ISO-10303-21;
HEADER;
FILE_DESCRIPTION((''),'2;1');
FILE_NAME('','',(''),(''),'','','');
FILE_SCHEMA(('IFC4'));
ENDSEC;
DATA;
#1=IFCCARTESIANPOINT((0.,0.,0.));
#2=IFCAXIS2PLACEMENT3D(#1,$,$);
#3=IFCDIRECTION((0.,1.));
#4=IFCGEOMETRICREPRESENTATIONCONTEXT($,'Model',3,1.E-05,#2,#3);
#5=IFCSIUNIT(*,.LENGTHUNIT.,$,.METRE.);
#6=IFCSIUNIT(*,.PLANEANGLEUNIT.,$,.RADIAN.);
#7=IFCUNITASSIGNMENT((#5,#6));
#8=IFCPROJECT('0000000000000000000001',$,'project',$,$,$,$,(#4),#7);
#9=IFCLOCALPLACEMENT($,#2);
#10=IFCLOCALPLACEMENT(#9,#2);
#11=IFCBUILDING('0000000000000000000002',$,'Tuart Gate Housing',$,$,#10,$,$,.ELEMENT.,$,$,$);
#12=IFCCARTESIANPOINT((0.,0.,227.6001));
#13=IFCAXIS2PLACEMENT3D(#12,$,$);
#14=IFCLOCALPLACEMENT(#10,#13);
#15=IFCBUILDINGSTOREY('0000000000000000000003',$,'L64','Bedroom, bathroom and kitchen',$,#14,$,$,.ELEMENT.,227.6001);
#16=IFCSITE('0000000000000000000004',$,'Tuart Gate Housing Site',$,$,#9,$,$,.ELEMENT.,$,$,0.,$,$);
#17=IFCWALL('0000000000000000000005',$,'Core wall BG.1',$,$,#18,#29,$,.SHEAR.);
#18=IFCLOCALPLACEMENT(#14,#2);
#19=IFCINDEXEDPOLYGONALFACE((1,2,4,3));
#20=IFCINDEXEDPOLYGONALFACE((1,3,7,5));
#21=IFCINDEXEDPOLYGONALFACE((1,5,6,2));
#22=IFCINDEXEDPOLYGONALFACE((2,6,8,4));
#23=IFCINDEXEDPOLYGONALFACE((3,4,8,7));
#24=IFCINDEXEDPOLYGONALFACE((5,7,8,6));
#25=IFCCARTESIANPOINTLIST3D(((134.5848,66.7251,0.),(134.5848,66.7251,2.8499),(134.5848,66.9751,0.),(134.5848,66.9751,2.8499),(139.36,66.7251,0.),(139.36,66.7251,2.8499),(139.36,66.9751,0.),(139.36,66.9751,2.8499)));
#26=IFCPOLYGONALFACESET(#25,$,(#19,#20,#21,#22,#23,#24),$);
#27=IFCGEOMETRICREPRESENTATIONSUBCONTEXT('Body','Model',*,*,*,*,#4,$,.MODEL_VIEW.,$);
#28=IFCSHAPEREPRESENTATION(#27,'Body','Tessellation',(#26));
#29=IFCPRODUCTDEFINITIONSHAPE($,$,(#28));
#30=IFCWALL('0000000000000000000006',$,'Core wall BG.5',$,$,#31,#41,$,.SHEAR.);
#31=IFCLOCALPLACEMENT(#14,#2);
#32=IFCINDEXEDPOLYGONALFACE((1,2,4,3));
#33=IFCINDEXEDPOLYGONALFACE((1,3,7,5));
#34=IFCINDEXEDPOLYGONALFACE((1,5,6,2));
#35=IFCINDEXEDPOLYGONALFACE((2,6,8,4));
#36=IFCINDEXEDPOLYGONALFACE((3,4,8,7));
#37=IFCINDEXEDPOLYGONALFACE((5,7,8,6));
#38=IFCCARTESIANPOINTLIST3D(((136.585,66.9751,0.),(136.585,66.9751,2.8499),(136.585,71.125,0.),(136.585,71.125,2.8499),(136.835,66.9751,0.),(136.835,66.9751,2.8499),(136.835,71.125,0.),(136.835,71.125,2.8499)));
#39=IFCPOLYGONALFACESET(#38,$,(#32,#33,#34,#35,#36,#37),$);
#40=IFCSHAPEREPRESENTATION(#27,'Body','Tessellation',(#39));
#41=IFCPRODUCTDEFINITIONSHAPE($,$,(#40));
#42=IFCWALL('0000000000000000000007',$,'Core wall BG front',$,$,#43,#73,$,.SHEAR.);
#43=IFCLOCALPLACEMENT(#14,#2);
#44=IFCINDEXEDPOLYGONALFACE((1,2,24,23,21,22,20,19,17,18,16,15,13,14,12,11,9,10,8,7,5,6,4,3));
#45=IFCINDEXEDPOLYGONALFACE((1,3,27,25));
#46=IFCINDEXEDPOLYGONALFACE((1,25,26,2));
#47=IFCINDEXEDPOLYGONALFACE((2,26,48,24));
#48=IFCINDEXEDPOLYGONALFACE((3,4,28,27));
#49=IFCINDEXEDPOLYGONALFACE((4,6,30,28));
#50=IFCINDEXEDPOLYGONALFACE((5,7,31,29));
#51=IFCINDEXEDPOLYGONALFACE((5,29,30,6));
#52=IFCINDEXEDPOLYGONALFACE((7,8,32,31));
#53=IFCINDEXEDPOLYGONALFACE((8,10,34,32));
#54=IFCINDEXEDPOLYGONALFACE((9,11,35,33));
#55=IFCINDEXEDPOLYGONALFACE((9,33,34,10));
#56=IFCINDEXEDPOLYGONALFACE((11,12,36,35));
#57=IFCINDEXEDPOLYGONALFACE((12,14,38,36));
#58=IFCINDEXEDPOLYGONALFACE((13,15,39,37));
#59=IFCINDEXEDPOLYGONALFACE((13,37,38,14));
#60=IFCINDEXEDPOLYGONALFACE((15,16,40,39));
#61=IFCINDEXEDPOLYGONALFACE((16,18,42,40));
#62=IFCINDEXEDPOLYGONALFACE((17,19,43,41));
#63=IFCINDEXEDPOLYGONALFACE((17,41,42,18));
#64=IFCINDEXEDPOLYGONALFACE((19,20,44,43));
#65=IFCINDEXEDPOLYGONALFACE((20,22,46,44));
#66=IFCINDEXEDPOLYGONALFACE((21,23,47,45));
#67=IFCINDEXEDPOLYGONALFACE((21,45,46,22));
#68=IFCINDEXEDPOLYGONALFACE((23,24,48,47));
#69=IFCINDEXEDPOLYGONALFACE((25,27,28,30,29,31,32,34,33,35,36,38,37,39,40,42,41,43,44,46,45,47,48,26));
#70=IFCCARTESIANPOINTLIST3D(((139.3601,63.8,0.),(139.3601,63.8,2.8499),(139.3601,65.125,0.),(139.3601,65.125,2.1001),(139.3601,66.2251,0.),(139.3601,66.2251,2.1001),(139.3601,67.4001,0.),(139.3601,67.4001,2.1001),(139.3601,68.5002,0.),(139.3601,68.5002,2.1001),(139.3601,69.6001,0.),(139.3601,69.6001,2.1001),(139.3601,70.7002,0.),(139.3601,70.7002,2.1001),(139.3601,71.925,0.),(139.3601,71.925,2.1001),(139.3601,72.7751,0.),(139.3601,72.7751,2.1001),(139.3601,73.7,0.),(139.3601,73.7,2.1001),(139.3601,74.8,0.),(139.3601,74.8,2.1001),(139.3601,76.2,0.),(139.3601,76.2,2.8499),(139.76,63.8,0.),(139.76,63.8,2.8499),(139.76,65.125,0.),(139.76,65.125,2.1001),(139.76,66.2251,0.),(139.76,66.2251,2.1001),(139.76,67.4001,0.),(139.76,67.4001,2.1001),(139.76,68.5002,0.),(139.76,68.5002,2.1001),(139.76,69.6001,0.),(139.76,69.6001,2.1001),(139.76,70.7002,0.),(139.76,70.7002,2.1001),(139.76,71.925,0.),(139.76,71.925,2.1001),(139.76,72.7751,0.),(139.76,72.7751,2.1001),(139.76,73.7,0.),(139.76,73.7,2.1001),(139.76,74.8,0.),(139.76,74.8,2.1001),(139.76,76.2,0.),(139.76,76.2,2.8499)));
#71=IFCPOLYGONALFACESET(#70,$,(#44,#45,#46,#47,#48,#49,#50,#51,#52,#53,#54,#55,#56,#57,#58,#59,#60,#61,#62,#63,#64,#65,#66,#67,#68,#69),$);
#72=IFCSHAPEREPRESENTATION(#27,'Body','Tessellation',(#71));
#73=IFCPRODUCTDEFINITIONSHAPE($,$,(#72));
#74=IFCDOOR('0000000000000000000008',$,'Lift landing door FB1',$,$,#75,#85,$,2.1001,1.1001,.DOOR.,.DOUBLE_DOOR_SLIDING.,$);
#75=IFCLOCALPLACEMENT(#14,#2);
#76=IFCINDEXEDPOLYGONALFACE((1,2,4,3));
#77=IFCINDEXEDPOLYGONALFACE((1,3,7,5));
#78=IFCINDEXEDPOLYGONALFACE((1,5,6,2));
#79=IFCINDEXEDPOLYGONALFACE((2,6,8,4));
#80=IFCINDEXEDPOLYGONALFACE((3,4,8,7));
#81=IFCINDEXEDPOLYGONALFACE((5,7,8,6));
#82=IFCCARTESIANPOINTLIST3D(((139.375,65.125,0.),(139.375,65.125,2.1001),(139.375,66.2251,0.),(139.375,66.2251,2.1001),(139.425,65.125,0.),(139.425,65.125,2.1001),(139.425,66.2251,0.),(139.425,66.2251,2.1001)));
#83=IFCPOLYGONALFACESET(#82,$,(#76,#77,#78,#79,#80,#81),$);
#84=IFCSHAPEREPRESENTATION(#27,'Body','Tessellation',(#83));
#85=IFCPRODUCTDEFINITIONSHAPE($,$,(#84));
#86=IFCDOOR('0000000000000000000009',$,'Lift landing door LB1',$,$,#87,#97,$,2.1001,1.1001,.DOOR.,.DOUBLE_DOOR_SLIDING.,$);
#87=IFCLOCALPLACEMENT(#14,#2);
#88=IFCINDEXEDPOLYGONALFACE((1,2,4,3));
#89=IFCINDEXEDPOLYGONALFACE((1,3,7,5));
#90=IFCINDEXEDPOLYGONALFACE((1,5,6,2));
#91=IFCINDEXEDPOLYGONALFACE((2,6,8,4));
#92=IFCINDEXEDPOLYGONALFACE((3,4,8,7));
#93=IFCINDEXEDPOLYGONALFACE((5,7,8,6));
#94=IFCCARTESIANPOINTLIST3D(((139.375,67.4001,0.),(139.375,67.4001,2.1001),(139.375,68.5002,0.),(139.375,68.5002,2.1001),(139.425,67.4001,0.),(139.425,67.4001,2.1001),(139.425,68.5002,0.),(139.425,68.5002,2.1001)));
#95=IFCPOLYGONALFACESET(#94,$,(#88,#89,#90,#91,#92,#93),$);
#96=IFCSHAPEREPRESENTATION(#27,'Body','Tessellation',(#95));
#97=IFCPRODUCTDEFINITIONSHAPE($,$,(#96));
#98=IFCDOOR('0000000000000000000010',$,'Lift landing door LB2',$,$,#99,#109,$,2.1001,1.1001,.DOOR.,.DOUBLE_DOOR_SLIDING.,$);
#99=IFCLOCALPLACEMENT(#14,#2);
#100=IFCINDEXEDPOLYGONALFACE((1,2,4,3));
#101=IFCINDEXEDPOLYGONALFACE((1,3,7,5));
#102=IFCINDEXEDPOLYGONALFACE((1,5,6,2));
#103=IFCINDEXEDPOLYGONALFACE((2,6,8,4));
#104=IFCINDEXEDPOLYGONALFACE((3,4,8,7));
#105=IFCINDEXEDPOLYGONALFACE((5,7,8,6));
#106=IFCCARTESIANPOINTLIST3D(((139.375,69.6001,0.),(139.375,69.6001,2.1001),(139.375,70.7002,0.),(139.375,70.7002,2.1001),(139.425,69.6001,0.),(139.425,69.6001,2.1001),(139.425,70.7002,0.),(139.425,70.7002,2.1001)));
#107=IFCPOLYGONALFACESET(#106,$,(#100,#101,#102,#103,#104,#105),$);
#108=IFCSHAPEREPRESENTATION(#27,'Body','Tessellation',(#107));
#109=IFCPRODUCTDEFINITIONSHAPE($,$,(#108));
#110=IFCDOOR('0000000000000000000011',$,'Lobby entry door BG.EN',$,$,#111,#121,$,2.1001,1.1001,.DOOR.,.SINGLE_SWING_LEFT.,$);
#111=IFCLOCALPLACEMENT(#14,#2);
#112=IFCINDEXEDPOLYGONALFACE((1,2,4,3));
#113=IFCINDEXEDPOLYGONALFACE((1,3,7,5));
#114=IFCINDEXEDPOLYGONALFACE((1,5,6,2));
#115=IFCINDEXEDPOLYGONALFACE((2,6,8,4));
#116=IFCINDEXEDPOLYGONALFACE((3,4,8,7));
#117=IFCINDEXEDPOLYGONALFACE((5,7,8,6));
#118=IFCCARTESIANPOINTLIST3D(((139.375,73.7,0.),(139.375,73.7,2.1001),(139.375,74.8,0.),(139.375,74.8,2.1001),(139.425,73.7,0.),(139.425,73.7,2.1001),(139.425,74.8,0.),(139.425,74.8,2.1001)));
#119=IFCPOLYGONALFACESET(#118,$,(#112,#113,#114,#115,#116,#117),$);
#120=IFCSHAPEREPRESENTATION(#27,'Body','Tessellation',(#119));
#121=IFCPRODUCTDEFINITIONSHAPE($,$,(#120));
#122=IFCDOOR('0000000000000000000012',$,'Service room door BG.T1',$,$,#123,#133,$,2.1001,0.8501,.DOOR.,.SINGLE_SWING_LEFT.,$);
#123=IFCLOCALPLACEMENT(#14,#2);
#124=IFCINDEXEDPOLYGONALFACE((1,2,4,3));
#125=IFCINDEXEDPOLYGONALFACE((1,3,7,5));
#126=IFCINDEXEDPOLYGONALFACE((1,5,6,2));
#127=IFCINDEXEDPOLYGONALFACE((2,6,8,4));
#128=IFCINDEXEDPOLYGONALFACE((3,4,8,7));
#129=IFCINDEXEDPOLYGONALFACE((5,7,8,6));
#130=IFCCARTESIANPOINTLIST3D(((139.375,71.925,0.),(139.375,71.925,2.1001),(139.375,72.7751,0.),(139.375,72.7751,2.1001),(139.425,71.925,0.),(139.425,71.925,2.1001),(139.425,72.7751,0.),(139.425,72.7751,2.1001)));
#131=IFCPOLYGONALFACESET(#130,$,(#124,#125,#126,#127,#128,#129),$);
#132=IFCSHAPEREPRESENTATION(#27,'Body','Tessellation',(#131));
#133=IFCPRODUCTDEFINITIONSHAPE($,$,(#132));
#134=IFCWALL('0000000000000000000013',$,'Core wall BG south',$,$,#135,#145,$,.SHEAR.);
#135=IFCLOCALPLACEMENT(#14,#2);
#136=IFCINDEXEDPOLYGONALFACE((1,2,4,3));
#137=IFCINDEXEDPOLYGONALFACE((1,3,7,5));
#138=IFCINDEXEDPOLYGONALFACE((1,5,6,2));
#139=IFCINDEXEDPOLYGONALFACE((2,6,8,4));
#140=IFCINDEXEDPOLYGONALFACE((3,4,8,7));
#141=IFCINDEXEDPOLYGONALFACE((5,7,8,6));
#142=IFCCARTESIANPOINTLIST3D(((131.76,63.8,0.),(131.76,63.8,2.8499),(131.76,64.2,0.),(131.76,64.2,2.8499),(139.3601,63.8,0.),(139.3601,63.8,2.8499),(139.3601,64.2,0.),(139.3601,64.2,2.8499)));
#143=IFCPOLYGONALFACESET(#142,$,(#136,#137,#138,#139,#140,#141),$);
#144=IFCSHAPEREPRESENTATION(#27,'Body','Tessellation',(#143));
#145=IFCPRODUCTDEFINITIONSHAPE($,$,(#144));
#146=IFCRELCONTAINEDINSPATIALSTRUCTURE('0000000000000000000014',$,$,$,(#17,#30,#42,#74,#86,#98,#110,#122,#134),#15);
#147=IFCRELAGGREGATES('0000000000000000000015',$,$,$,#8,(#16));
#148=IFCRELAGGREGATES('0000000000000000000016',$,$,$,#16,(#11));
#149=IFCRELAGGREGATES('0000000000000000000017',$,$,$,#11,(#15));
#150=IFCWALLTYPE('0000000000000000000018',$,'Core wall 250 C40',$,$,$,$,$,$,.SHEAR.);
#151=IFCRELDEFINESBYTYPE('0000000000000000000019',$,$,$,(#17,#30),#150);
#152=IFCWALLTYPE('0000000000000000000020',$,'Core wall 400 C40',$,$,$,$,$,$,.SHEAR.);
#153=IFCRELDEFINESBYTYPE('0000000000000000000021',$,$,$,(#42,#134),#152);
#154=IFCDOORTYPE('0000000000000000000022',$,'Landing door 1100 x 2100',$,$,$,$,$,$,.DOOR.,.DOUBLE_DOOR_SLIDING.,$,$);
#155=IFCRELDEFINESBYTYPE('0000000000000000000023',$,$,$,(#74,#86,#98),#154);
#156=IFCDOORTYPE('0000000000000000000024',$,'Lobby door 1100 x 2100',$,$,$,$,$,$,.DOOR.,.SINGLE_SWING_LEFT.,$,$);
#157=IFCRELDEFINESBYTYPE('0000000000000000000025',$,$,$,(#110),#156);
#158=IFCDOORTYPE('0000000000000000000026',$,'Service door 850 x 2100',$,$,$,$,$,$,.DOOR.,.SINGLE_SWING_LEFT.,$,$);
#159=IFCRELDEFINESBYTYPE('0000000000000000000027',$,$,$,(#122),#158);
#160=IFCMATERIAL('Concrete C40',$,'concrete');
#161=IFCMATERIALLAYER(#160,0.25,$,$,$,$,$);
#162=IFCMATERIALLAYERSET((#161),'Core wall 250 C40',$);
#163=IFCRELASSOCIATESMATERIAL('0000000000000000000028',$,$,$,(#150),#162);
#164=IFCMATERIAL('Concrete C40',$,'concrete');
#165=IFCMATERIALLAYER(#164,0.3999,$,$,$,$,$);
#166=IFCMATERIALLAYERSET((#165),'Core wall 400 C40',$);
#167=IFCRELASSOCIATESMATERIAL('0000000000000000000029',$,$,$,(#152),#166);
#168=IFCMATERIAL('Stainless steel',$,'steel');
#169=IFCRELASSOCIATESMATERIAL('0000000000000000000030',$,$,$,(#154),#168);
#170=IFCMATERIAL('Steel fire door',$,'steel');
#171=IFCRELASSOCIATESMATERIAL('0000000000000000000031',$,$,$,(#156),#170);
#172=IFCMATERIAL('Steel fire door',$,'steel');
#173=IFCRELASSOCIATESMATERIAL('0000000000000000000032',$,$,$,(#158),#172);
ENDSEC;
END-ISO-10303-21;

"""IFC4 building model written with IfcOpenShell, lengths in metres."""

from ifc_helpers import new_model, si_unit, direction, frame, frame_2d, origin, place, context, subcontext, project, spatial, rectangle, extrude, material, layer, layer_set, type_object, element, fill, save


model = new_model("IFC4")

# Units and contexts
model_context = context("Model", 3, precision=1e-05, world=origin(), true_north=direction((0.0, 1.0)))
body_context = subcontext(model_context, "Body", "Model", "MODEL_VIEW")
ifc_project = project(units=[si_unit("LENGTHUNIT", "METRE"), si_unit("PLANEANGLEUNIT", "RADIAN")], contexts=[model_context])

# Site, building, storey
site_placement = place(None, origin())
site = spatial("IfcSite", under=ifc_project, at=site_placement, Name="Tuart Gate Housing Site", CompositionType="ELEMENT", RefElevation=0.0)
building_placement = place(site_placement, origin())
building = spatial("IfcBuilding", under=site, at=building_placement, Name="Tuart Gate Housing", CompositionType="ELEMENT")
storey_placement = place(building_placement, frame((0.0, 0.0, 227.6001)))
storey = spatial("IfcBuildingStorey", under=building, at=storey_placement, Name="L64", Description="Bedroom, bathroom and kitchen", CompositionType="ELEMENT", Elevation=227.6001)

# Walls
ifc_material_1 = material(Name="Concrete C40", Category="concrete")
ifc_layer_1 = layer(ifc_material_1, 0.25)
ifc_layer_set_1 = layer_set([ifc_layer_1], Name="Core wall 250 C40")
wall_type_1 = type_object("IfcWallType", Name="Core wall 250 C40", PredefinedType="SHEAR", material=ifc_layer_set_1)
wall_1_placement = place(storey_placement, frame((139.3601, 66.8501, 0.0), z_axis=(0.0, 0.0, 1.0), x_axis=(-1.0, 0.0, 0.0)))
element("IfcWall", 1, at=wall_1_placement, inside=storey, type_object=wall_type_1, Name="Core wall BG.1", PredefinedType="SHEAR", context=body_context, shape_type="SweptSolid", body=[
    extrude(rectangle(XDim=4.7751, YDim=0.25, at=frame_2d((2.3877, 0.0))), origin(), (0.0, 0.0, 1.0), 2.8499),
])
wall_2_placement = place(storey_placement, frame((136.71, 66.9751, 0.0), z_axis=(0.0, 0.0, 1.0), x_axis=(0.0, 1.0, 0.0)))
element("IfcWall", 2, at=wall_2_placement, inside=storey, type_object=wall_type_1, Name="Core wall BG.5", PredefinedType="SHEAR", context=body_context, shape_type="SweptSolid", body=[
    extrude(rectangle(XDim=4.1499, YDim=0.25, at=frame_2d((2.075, 0.0))), origin(), (0.0, 0.0, 1.0), 2.8499),
])

# Wall, openings, doors
ifc_material_2 = material(Name="Concrete C40", Category="concrete")
ifc_layer_2 = layer(ifc_material_2, 0.3999)
ifc_layer_set_2 = layer_set([ifc_layer_2], Name="Core wall 400 C40")
wall_type_2 = type_object("IfcWallType", Name="Core wall 400 C40", PredefinedType="SHEAR", material=ifc_layer_set_2)
wall_3_placement = place(storey_placement, frame((139.5601, 63.8, 0.0), z_axis=(0.0, 0.0, 1.0), x_axis=(0.0, 1.0, 0.0)))
wall_3 = element("IfcWall", 3, at=wall_3_placement, inside=storey, type_object=wall_type_2, Name="Core wall BG front", PredefinedType="SHEAR", context=body_context, shape_type="SweptSolid", body=[
    extrude(rectangle(XDim=12.3999, YDim=0.3999, at=frame_2d((6.2, 0.0))), origin(), (0.0, 0.0, 1.0), 2.8499),
])
opening_1_placement = place(wall_3_placement, frame((1.325, 0.0, 0.0)))
opening_1 = element("IfcOpeningElement", 4, at=opening_1_placement, cuts=wall_3, PredefinedType="OPENING", context=body_context, shape_type="SweptSolid", body=[
    extrude(rectangle(XDim=1.1001, YDim=2.1001, at=frame_2d((0.55, 1.05))), frame((0.0, 0.21, 0.0), z_axis=(0.0, -1.0, 0.0), x_axis=(1.0, 0.0, 0.0)), (0.0, 0.0, 1.0), 0.4199),
])
opening_2_placement = place(wall_3_placement, frame((3.6001, 0.0, 0.0)))
opening_2 = element("IfcOpeningElement", 5, at=opening_2_placement, cuts=wall_3, PredefinedType="OPENING", context=body_context, shape_type="SweptSolid", body=[
    extrude(rectangle(XDim=1.1001, YDim=2.1001, at=frame_2d((0.55, 1.05))), frame((0.0, 0.21, 0.0), z_axis=(0.0, -1.0, 0.0), x_axis=(1.0, 0.0, 0.0)), (0.0, 0.0, 1.0), 0.4199),
])
opening_3_placement = place(wall_3_placement, frame((5.8, 0.0, 0.0)))
opening_3 = element("IfcOpeningElement", 6, at=opening_3_placement, cuts=wall_3, PredefinedType="OPENING", context=body_context, shape_type="SweptSolid", body=[
    extrude(rectangle(XDim=1.1001, YDim=2.1001, at=frame_2d((0.55, 1.05))), frame((0.0, 0.21, 0.0), z_axis=(0.0, -1.0, 0.0), x_axis=(1.0, 0.0, 0.0)), (0.0, 0.0, 1.0), 0.4199),
])
opening_4_placement = place(wall_3_placement, frame((9.8999, 0.0, 0.0)))
opening_4 = element("IfcOpeningElement", 7, at=opening_4_placement, cuts=wall_3, PredefinedType="OPENING", context=body_context, shape_type="SweptSolid", body=[
    extrude(rectangle(XDim=1.1001, YDim=2.1001, at=frame_2d((0.55, 1.05))), frame((0.0, 0.21, 0.0), z_axis=(0.0, -1.0, 0.0), x_axis=(1.0, 0.0, 0.0)), (0.0, 0.0, 1.0), 0.4199),
])
opening_5_placement = place(wall_3_placement, frame((8.125, 0.0, 0.0)))
opening_5 = element("IfcOpeningElement", 8, at=opening_5_placement, cuts=wall_3, PredefinedType="OPENING", context=body_context, shape_type="SweptSolid", body=[
    extrude(rectangle(XDim=0.8501, YDim=2.1001, at=frame_2d((0.425, 1.05))), frame((0.0, 0.21, 0.0), z_axis=(0.0, -1.0, 0.0), x_axis=(1.0, 0.0, 0.0)), (0.0, 0.0, 1.0), 0.4199),
])
ifc_material_3 = material(Name="Stainless steel", Category="steel")
door_type_1 = type_object("IfcDoorType", Name="Landing door 1100 x 2100", OperationType="DOUBLE_DOOR_SLIDING", PredefinedType="DOOR", material=ifc_material_3)
door_1_placement = place(opening_1_placement, origin())
door_1 = element("IfcDoor", 9, at=door_1_placement, inside=storey, type_object=door_type_1, Name="Lift landing door FB1", OperationType="DOUBLE_DOOR_SLIDING", OverallHeight=2.1001, OverallWidth=1.1001, PredefinedType="DOOR", context=body_context, shape_type="SweptSolid", body=[
    extrude(rectangle(XDim=1.1001, YDim=2.1001, at=frame_2d((0.55, 1.05))), frame((0.0, 0.1851, 0.0), z_axis=(0.0, -1.0, 0.0), x_axis=(1.0, 0.0, 0.0)), (0.0, 0.0, 1.0), 0.05),
])
fill(opening_1, door_1)
door_2_placement = place(opening_2_placement, origin())
door_2 = element("IfcDoor", 10, at=door_2_placement, inside=storey, type_object=door_type_1, Name="Lift landing door LB1", OperationType="DOUBLE_DOOR_SLIDING", OverallHeight=2.1001, OverallWidth=1.1001, PredefinedType="DOOR", context=body_context, shape_type="SweptSolid", body=[
    extrude(rectangle(XDim=1.1001, YDim=2.1001, at=frame_2d((0.55, 1.05))), frame((0.0, 0.1851, 0.0), z_axis=(0.0, -1.0, 0.0), x_axis=(1.0, 0.0, 0.0)), (0.0, 0.0, 1.0), 0.05),
])
fill(opening_2, door_2)
door_3_placement = place(opening_3_placement, origin())
door_3 = element("IfcDoor", 11, at=door_3_placement, inside=storey, type_object=door_type_1, Name="Lift landing door LB2", OperationType="DOUBLE_DOOR_SLIDING", OverallHeight=2.1001, OverallWidth=1.1001, PredefinedType="DOOR", context=body_context, shape_type="SweptSolid", body=[
    extrude(rectangle(XDim=1.1001, YDim=2.1001, at=frame_2d((0.55, 1.05))), frame((0.0, 0.1851, 0.0), z_axis=(0.0, -1.0, 0.0), x_axis=(1.0, 0.0, 0.0)), (0.0, 0.0, 1.0), 0.05),
])
fill(opening_3, door_3)
ifc_material_4 = material(Name="Steel fire door", Category="steel")
door_type_2 = type_object("IfcDoorType", Name="Lobby door 1100 x 2100", OperationType="SINGLE_SWING_LEFT", PredefinedType="DOOR", material=ifc_material_4)
door_4_placement = place(opening_4_placement, origin())
door_4 = element("IfcDoor", 12, at=door_4_placement, inside=storey, type_object=door_type_2, Name="Lobby entry door BG.EN", OperationType="SINGLE_SWING_LEFT", OverallHeight=2.1001, OverallWidth=1.1001, PredefinedType="DOOR", context=body_context, shape_type="SweptSolid", body=[
    extrude(rectangle(XDim=1.1001, YDim=2.1001, at=frame_2d((0.55, 1.05))), frame((0.0, 0.1851, 0.0), z_axis=(0.0, -1.0, 0.0), x_axis=(1.0, 0.0, 0.0)), (0.0, 0.0, 1.0), 0.05),
])
fill(opening_4, door_4)
ifc_material_5 = material(Name="Steel fire door", Category="steel")
door_type_3 = type_object("IfcDoorType", Name="Service door 850 x 2100", OperationType="SINGLE_SWING_LEFT", PredefinedType="DOOR", material=ifc_material_5)
door_5_placement = place(opening_5_placement, origin())
door_5 = element("IfcDoor", 13, at=door_5_placement, inside=storey, type_object=door_type_3, Name="Service room door BG.T1", OperationType="SINGLE_SWING_LEFT", OverallHeight=2.1001, OverallWidth=0.8501, PredefinedType="DOOR", context=body_context, shape_type="SweptSolid", body=[
    extrude(rectangle(XDim=0.8501, YDim=2.1001, at=frame_2d((0.425, 1.05))), frame((0.0, 0.1851, 0.0), z_axis=(0.0, -1.0, 0.0), x_axis=(1.0, 0.0, 0.0)), (0.0, 0.0, 1.0), 0.05),
])
fill(opening_5, door_5)

# Wall
wall_4_placement = place(storey_placement, frame((139.3601, 64.0, 0.0), z_axis=(0.0, 0.0, 1.0), x_axis=(-1.0, 0.0, 0.0)))
element("IfcWall", 14, at=wall_4_placement, inside=storey, type_object=wall_type_2, Name="Core wall BG south", PredefinedType="SHEAR", context=body_context, shape_type="SweptSolid", body=[
    extrude(rectangle(XDim=7.6001, YDim=0.3999, at=frame_2d((3.8, 0.0))), origin(), (0.0, 0.0, 1.0), 2.8499),
])

save(model, "model.ifc")
